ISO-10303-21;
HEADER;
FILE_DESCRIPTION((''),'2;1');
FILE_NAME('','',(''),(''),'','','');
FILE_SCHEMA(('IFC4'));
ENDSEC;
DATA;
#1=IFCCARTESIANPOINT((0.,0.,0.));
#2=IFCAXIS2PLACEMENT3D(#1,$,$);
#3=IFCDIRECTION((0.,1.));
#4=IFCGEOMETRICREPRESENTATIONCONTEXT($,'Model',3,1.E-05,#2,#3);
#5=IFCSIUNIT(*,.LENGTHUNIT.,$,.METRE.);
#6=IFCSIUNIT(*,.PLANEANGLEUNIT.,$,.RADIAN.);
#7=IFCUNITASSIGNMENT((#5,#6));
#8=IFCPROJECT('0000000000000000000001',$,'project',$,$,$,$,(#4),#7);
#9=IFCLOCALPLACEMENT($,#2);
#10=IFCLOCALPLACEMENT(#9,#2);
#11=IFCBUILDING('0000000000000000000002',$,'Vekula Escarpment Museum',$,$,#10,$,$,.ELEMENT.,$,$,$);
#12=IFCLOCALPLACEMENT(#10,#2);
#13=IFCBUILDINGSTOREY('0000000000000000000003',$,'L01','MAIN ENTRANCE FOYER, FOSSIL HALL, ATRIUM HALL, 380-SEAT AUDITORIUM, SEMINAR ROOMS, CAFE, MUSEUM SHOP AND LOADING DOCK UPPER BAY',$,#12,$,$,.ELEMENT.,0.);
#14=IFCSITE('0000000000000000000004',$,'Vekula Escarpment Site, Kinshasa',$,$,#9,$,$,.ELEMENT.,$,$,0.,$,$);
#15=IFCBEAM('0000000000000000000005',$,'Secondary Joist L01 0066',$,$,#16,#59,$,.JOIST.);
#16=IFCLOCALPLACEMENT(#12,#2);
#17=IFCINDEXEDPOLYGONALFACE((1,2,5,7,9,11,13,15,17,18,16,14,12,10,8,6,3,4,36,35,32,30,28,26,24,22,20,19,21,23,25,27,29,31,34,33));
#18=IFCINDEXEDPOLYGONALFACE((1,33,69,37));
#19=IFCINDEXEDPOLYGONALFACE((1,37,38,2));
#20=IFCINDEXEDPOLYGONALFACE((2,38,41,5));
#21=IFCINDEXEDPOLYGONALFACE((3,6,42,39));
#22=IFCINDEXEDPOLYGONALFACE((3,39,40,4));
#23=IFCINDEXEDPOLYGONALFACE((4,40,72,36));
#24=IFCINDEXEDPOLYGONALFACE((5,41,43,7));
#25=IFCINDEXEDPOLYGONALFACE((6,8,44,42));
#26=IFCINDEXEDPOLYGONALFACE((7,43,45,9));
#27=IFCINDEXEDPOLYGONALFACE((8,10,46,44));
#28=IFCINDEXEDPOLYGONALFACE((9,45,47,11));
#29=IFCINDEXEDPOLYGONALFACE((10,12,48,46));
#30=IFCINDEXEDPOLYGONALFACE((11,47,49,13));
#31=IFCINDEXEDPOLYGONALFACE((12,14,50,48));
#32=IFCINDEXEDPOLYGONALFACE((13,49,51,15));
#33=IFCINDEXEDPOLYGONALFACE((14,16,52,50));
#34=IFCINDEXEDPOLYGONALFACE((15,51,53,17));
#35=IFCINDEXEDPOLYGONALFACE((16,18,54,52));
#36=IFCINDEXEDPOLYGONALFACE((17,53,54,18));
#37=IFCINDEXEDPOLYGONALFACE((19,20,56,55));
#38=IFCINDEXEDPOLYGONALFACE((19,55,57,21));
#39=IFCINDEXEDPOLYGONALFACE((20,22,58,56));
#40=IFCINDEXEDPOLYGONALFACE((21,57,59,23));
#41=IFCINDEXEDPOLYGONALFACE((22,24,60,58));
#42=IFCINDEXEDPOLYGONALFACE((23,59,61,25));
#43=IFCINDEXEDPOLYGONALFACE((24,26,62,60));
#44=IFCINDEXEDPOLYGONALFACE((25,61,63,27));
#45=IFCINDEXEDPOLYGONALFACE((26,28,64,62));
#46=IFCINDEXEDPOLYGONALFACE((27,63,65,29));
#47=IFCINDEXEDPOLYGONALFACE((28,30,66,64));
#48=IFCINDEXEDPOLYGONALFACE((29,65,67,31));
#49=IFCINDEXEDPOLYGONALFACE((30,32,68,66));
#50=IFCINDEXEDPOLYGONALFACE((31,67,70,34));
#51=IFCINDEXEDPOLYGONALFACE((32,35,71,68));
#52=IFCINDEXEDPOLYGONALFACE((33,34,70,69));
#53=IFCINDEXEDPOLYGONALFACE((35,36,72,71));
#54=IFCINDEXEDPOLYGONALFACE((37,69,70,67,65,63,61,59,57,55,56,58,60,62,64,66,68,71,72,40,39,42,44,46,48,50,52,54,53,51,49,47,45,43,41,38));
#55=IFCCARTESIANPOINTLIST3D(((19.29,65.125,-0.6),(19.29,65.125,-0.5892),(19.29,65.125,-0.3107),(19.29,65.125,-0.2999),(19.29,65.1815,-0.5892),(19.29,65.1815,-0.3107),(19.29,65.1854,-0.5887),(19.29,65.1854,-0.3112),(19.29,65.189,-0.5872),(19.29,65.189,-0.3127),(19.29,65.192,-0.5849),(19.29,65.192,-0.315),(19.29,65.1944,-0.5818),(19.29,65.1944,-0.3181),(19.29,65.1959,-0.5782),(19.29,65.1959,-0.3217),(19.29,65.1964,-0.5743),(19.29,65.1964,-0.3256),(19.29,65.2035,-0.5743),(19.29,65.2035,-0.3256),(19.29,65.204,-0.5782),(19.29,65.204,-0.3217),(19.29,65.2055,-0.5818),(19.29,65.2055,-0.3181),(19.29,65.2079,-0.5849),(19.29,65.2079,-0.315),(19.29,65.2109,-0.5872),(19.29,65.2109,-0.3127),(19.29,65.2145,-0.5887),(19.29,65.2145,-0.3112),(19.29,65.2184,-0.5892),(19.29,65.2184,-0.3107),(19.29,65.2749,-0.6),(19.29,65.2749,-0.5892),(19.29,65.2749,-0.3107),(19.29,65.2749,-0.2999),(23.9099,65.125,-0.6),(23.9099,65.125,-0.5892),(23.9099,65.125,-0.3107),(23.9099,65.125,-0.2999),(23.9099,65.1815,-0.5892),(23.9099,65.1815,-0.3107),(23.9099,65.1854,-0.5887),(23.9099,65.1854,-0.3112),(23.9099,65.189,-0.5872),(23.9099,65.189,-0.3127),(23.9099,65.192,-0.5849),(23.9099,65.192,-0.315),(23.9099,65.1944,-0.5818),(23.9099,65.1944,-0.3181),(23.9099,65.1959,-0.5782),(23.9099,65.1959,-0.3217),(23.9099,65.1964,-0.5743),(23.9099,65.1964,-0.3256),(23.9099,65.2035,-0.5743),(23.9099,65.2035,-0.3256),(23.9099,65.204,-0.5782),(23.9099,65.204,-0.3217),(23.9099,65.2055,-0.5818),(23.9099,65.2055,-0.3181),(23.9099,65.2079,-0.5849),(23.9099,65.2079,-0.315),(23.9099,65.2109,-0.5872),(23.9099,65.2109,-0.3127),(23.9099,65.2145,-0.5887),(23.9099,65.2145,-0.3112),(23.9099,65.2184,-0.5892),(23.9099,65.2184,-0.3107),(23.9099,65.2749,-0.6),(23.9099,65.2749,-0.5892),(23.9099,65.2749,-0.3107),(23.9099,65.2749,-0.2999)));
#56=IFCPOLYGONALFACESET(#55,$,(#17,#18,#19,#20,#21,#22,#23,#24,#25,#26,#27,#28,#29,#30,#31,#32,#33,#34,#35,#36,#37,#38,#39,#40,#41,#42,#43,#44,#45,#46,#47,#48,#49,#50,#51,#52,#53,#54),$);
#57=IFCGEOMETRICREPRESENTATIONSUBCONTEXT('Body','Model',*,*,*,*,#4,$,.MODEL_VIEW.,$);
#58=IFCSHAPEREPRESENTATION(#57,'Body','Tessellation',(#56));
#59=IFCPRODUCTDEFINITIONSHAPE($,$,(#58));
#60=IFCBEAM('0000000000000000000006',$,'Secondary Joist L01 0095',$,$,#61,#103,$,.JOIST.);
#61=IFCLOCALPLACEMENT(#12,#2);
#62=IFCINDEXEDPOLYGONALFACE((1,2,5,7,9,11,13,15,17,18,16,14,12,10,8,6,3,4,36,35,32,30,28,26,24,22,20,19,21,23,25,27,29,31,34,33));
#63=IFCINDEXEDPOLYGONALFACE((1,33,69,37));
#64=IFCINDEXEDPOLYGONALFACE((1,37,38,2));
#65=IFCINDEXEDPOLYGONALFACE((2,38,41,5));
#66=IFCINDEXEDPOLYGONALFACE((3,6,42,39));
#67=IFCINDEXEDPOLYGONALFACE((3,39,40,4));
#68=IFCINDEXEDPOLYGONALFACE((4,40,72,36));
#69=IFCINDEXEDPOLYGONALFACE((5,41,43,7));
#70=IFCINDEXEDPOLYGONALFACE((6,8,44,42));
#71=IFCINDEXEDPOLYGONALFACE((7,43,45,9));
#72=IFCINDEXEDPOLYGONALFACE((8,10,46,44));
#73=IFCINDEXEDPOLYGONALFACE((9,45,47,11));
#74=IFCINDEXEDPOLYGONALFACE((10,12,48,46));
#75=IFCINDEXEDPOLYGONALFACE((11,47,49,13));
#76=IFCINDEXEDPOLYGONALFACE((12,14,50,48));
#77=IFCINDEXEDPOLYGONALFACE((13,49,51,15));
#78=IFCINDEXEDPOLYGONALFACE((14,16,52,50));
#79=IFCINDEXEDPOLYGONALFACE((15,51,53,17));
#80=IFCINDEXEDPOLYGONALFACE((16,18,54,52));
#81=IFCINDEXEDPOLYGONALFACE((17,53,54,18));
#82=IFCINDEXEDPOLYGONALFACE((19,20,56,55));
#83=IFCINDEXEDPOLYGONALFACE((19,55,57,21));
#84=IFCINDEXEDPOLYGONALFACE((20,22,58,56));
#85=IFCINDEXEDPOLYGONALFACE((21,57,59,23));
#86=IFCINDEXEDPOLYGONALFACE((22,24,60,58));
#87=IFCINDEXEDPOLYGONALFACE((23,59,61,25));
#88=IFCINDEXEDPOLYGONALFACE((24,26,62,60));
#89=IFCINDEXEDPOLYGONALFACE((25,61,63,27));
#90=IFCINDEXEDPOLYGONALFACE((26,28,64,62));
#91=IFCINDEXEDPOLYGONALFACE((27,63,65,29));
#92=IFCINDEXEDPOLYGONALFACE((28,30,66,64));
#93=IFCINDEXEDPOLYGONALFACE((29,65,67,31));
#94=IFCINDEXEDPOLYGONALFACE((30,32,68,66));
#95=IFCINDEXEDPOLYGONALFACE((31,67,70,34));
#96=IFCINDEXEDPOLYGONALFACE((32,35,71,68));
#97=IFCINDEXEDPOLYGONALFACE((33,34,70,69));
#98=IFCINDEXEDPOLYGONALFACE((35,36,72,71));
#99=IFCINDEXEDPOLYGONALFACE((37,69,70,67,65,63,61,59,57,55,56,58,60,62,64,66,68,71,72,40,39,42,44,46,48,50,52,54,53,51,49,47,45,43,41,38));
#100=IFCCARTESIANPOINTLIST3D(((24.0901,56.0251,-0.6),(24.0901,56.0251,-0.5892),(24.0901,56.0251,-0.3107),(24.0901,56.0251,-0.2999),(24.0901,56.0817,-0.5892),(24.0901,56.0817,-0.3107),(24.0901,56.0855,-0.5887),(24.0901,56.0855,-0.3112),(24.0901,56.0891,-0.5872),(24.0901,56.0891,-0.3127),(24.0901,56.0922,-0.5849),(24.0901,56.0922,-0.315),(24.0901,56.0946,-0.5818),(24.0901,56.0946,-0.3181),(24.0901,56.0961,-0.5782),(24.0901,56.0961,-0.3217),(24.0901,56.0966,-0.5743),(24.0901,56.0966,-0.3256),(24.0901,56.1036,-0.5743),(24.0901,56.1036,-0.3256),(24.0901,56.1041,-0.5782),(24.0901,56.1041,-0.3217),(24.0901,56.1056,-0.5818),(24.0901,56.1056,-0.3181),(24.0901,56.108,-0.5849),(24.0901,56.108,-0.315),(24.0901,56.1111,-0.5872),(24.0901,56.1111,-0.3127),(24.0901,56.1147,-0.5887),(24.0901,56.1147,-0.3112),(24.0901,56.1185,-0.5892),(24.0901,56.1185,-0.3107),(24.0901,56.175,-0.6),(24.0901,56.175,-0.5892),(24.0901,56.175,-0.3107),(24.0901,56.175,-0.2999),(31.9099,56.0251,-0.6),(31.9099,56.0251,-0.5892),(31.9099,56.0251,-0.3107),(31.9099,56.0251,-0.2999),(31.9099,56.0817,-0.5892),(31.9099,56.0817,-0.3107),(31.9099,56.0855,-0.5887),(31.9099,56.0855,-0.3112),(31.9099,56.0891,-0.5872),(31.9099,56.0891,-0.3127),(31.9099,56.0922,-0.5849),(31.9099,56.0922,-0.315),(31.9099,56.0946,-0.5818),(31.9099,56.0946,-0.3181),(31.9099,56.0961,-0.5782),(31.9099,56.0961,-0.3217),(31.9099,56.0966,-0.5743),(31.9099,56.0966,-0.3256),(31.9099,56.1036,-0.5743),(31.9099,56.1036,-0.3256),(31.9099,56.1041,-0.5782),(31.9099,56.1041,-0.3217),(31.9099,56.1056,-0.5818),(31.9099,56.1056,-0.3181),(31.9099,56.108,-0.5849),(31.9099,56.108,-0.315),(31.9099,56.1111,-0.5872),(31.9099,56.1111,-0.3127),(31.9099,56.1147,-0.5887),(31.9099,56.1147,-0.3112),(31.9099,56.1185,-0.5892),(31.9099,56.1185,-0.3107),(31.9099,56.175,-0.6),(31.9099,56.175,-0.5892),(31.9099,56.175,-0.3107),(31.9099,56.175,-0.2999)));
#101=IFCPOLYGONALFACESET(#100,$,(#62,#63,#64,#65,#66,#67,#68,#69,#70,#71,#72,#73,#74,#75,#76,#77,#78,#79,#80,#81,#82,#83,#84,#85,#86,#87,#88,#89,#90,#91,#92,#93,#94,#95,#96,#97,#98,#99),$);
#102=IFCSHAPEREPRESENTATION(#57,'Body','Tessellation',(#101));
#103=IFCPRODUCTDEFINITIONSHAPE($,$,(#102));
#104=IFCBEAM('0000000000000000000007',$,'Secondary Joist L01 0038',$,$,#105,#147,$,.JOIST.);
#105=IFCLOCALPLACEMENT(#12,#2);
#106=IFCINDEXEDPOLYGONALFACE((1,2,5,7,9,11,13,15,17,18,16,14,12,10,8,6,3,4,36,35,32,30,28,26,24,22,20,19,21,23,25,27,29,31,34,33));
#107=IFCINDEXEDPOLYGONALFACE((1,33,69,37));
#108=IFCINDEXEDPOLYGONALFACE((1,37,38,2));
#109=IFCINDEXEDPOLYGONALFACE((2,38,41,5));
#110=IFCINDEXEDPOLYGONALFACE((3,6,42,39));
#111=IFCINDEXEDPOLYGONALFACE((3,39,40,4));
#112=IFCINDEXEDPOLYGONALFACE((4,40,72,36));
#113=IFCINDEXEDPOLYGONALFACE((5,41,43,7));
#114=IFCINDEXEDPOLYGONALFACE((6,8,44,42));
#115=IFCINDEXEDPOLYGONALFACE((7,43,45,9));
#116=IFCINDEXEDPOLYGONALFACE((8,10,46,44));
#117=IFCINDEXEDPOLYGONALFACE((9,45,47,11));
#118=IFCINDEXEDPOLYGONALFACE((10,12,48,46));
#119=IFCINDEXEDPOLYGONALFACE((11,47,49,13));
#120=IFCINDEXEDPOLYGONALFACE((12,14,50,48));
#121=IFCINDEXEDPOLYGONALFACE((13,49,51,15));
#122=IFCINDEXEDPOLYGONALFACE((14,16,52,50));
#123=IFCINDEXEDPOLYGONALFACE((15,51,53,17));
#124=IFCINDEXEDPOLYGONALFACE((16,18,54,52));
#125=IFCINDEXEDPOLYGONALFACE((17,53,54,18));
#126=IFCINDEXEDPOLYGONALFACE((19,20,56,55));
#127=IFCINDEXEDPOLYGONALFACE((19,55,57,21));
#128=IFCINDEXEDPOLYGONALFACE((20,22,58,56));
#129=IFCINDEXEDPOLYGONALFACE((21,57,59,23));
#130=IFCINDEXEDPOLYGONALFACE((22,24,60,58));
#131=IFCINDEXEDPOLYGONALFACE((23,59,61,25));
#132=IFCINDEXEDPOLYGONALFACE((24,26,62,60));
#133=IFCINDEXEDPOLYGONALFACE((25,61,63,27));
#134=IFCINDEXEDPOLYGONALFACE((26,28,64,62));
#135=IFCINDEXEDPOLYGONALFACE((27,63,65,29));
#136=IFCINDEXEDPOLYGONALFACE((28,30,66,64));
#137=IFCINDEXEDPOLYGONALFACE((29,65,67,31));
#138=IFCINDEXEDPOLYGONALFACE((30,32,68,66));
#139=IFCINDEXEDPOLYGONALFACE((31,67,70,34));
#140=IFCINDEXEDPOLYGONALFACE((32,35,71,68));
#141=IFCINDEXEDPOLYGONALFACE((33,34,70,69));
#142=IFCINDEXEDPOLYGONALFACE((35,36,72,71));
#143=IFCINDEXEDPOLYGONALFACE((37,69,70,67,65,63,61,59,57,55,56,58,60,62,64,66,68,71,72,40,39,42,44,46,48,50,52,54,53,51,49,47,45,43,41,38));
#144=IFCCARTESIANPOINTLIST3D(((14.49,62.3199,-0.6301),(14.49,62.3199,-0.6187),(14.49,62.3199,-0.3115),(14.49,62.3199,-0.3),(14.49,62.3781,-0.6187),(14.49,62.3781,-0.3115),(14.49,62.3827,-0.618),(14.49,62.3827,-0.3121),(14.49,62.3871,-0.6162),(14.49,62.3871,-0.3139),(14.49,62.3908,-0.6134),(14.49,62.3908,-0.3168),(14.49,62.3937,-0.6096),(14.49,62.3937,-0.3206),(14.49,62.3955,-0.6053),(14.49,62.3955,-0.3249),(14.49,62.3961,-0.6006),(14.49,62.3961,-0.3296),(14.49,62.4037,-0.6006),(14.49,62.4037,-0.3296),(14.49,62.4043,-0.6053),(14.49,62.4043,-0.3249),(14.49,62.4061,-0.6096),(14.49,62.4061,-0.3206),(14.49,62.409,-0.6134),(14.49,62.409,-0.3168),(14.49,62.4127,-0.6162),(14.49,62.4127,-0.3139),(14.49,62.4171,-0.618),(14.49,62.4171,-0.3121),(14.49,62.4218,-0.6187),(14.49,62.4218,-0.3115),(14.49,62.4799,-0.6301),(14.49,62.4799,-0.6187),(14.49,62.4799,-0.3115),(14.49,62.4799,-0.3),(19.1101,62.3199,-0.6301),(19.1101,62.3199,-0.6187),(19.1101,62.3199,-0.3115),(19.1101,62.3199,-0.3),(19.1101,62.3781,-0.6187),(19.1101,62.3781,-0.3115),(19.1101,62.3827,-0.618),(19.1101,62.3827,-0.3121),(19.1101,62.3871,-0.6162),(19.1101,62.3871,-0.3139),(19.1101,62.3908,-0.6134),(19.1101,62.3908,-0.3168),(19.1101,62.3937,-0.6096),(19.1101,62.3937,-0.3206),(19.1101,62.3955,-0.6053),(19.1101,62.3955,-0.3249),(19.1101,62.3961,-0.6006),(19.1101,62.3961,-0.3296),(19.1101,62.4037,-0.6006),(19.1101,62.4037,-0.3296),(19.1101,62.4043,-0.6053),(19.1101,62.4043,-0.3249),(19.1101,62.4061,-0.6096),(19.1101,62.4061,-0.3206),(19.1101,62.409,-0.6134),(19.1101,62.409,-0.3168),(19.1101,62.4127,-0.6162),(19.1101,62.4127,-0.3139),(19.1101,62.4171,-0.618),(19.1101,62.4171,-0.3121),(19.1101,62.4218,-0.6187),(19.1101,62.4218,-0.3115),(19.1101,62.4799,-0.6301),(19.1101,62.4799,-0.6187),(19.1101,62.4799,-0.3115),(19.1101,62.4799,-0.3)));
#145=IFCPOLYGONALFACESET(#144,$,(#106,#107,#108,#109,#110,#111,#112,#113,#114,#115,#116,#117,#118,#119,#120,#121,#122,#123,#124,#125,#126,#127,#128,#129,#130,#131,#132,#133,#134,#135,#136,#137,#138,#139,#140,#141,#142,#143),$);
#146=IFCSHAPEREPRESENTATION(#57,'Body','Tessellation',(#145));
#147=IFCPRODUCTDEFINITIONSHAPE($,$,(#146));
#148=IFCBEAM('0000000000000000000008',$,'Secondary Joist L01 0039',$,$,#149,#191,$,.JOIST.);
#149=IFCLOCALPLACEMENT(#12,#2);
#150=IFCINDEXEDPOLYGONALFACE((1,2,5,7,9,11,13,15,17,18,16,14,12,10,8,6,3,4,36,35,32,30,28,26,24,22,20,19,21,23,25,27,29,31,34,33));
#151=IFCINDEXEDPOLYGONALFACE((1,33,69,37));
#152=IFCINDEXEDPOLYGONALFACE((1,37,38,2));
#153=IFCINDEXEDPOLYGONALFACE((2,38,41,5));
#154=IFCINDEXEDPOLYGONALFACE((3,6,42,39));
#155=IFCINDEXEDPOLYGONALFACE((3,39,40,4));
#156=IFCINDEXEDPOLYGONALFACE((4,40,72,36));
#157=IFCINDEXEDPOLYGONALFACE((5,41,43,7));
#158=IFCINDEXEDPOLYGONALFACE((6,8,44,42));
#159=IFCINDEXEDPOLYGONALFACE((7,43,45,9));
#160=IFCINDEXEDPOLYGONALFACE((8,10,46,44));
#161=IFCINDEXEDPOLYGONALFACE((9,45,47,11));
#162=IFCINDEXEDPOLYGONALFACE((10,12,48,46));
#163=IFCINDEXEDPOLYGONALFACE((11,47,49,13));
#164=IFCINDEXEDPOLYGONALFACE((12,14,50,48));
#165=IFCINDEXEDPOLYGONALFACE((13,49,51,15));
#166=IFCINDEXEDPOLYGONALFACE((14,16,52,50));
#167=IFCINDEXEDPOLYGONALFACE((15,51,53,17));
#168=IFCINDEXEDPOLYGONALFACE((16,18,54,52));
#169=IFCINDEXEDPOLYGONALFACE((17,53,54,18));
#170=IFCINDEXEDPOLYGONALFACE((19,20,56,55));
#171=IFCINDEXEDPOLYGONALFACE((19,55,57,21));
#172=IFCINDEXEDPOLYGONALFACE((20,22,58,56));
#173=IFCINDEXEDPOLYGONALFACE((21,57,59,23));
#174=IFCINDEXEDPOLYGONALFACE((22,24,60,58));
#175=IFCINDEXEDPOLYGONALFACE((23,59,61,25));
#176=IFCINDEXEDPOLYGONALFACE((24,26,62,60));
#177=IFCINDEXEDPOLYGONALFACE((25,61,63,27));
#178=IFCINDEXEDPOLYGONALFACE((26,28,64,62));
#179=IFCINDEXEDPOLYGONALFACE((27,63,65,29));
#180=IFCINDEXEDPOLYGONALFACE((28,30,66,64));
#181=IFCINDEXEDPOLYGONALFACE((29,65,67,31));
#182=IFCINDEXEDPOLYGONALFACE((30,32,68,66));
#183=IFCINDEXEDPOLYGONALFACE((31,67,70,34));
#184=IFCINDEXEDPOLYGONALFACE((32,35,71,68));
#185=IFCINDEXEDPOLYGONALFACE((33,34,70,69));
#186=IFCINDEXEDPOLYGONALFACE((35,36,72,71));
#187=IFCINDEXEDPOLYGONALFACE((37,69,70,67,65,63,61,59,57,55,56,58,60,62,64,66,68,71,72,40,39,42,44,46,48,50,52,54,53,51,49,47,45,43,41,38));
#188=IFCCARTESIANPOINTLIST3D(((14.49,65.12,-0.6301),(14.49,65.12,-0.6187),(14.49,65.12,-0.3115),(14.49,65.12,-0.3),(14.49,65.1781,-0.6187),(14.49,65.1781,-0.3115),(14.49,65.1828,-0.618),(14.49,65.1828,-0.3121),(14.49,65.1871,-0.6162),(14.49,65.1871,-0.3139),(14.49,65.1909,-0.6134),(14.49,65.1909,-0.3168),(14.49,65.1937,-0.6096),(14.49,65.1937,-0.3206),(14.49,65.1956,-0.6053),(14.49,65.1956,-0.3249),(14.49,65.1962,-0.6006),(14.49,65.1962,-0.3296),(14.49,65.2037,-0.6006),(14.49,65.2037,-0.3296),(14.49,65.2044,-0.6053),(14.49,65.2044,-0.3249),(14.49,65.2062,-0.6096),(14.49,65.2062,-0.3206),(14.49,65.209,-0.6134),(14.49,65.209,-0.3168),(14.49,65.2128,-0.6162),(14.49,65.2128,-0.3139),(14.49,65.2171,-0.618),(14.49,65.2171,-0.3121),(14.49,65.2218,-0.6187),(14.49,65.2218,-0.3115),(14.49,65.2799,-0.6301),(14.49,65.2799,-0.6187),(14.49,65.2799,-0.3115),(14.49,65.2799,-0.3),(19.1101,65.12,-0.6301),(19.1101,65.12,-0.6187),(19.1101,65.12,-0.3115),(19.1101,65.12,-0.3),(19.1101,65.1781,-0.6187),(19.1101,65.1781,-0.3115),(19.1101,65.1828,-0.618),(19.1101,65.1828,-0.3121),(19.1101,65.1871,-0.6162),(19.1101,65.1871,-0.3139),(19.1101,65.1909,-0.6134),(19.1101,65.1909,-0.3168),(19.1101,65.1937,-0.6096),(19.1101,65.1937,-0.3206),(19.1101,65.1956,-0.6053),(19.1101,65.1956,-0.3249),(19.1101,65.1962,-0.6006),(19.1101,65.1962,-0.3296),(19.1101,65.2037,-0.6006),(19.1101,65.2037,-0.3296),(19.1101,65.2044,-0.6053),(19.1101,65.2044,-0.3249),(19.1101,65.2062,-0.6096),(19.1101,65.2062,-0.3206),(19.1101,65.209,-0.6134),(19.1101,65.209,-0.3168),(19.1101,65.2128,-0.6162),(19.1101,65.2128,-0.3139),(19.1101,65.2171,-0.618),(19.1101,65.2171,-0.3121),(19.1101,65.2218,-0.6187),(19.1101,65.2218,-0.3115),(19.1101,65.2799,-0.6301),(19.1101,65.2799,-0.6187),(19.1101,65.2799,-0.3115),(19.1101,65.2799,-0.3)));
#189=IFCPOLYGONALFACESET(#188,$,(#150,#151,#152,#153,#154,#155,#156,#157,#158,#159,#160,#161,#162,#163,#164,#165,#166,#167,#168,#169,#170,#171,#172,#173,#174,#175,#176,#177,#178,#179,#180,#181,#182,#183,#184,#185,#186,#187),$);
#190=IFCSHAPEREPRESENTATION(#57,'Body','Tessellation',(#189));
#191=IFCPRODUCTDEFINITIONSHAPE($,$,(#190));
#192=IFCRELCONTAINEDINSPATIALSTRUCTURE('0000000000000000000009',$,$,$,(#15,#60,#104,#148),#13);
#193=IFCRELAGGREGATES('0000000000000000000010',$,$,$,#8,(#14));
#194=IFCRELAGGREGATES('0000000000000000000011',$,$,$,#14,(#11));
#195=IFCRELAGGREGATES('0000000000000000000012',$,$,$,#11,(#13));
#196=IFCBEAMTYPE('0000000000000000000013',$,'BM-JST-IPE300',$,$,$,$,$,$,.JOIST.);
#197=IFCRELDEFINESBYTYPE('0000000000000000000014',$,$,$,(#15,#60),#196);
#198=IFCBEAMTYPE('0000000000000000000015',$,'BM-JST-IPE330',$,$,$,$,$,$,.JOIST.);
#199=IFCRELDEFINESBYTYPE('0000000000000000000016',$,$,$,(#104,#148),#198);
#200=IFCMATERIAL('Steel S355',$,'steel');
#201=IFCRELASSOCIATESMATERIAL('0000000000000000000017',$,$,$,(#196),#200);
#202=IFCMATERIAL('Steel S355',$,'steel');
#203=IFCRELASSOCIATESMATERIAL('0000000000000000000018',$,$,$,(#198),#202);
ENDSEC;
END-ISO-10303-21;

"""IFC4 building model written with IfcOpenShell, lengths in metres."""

from ifc_helpers import new_model, si_unit, direction, frame, origin, origin_2d, place, context, subcontext, project, spatial, i_section, extrude, material, material_profile, profile_set, type_object, element, save


model = new_model("IFC4")

# Units and contexts
model_context = context("Model", 3, precision=1e-05, world=origin(), true_north=direction((0.0, 1.0)))
body_context = subcontext(model_context, "Body", "Model", "MODEL_VIEW")
ifc_project = project(units=[si_unit("LENGTHUNIT", "METRE"), si_unit("PLANEANGLEUNIT", "RADIAN")], contexts=[model_context])

# Site, building, storey
site_placement = place(None, origin())
site = spatial("IfcSite", under=ifc_project, at=site_placement, Name="Vekula Escarpment Site, Kinshasa", CompositionType="ELEMENT", RefElevation=0.0)
building_placement = place(site_placement, origin())
building = spatial("IfcBuilding", under=site, at=building_placement, Name="Vekula Escarpment Museum", CompositionType="ELEMENT")
storey_placement = place(building_placement, origin())
storey = spatial("IfcBuildingStorey", under=building, at=storey_placement, Name="L01", Description="MAIN ENTRANCE FOYER, FOSSIL HALL, ATRIUM HALL, 380-SEAT AUDITORIUM, SEMINAR ROOMS, CAFE, MUSEUM SHOP AND LOADING DOCK UPPER BAY", CompositionType="ELEMENT", Elevation=0.0)

# Beams
ifc_material_1 = material(Name="Steel S355", Category="steel")
ifc_material_profile_1 = material_profile(ifc_material_1, i_section(OverallWidth=0.1499, OverallDepth=0.3, WebThickness=0.0071, FlangeThickness=0.0107, FilletRadius=0.0149, at=origin_2d()), Name="IPE 300")
ifc_profile_set_1 = profile_set([ifc_material_profile_1], Name="Steel S355")
beam_type_1 = type_object("IfcBeamType", Name="BM-JST-IPE300", PredefinedType="JOIST", material=ifc_profile_set_1)
for number, where, z_axis, x_axis, name in (
    (1, (19.29, 65.2, -0.45), (1.0, 0.0, 0.0), (0.0, 1.0, 0.0), "Secondary Joist L01 0066"),
):
    element("IfcBeam", number, at=place(storey_placement, frame(where, z_axis=z_axis, x_axis=x_axis)), inside=storey, type_object=beam_type_1, Name=name, PredefinedType="JOIST", context=body_context, shape_type="SweptSolid", body=[
        extrude(i_section(OverallWidth=0.1499, OverallDepth=0.3, WebThickness=0.0071, FlangeThickness=0.0107, FilletRadius=0.0149, at=origin_2d()), origin(), (0.0, 0.0, 1.0), 4.6199),
    ])
beam_1_placement = place(storey_placement, frame((24.0901, 56.1001, -0.45), z_axis=(1.0, 0.0, 0.0), x_axis=(0.0, 1.0, 0.0)))
element("IfcBeam", 2, at=beam_1_placement, inside=storey, type_object=beam_type_1, Name="Secondary Joist L01 0095", PredefinedType="JOIST", context=body_context, shape_type="SweptSolid", body=[
    extrude(i_section(OverallWidth=0.1499, OverallDepth=0.3, WebThickness=0.0071, FlangeThickness=0.0107, FilletRadius=0.0149, at=origin_2d()), origin(), (0.0, 0.0, 1.0), 7.8198),
])
ifc_material_2 = material(Name="Steel S355", Category="steel")
ifc_material_profile_2 = material_profile(ifc_material_2, i_section(OverallWidth=0.1599, OverallDepth=0.3301, WebThickness=0.0076, FlangeThickness=0.0115, FilletRadius=0.0181, at=origin_2d()), Name="IPE 330")
ifc_profile_set_2 = profile_set([ifc_material_profile_2], Name="Steel S355")
beam_type_2 = type_object("IfcBeamType", Name="BM-JST-IPE330", PredefinedType="JOIST", material=ifc_profile_set_2)
for number, where, z_axis, x_axis, name in (
    (3, (14.49, 62.3999, -0.4651), (1.0, 0.0, 0.0), (0.0, 1.0, 0.0), "Secondary Joist L01 0038"),
    (4, (14.49, 65.2, -0.4651), (1.0, 0.0, 0.0), (0.0, 1.0, 0.0), "Secondary Joist L01 0039"),
):
    element("IfcBeam", number, at=place(storey_placement, frame(where, z_axis=z_axis, x_axis=x_axis)), inside=storey, type_object=beam_type_2, Name=name, PredefinedType="JOIST", context=body_context, shape_type="SweptSolid", body=[
        extrude(i_section(OverallWidth=0.1599, OverallDepth=0.3301, WebThickness=0.0076, FlangeThickness=0.0115, FilletRadius=0.0181, at=origin_2d()), origin(), (0.0, 0.0, 1.0), 4.6201),
    ])

save(model, "model.ifc")
